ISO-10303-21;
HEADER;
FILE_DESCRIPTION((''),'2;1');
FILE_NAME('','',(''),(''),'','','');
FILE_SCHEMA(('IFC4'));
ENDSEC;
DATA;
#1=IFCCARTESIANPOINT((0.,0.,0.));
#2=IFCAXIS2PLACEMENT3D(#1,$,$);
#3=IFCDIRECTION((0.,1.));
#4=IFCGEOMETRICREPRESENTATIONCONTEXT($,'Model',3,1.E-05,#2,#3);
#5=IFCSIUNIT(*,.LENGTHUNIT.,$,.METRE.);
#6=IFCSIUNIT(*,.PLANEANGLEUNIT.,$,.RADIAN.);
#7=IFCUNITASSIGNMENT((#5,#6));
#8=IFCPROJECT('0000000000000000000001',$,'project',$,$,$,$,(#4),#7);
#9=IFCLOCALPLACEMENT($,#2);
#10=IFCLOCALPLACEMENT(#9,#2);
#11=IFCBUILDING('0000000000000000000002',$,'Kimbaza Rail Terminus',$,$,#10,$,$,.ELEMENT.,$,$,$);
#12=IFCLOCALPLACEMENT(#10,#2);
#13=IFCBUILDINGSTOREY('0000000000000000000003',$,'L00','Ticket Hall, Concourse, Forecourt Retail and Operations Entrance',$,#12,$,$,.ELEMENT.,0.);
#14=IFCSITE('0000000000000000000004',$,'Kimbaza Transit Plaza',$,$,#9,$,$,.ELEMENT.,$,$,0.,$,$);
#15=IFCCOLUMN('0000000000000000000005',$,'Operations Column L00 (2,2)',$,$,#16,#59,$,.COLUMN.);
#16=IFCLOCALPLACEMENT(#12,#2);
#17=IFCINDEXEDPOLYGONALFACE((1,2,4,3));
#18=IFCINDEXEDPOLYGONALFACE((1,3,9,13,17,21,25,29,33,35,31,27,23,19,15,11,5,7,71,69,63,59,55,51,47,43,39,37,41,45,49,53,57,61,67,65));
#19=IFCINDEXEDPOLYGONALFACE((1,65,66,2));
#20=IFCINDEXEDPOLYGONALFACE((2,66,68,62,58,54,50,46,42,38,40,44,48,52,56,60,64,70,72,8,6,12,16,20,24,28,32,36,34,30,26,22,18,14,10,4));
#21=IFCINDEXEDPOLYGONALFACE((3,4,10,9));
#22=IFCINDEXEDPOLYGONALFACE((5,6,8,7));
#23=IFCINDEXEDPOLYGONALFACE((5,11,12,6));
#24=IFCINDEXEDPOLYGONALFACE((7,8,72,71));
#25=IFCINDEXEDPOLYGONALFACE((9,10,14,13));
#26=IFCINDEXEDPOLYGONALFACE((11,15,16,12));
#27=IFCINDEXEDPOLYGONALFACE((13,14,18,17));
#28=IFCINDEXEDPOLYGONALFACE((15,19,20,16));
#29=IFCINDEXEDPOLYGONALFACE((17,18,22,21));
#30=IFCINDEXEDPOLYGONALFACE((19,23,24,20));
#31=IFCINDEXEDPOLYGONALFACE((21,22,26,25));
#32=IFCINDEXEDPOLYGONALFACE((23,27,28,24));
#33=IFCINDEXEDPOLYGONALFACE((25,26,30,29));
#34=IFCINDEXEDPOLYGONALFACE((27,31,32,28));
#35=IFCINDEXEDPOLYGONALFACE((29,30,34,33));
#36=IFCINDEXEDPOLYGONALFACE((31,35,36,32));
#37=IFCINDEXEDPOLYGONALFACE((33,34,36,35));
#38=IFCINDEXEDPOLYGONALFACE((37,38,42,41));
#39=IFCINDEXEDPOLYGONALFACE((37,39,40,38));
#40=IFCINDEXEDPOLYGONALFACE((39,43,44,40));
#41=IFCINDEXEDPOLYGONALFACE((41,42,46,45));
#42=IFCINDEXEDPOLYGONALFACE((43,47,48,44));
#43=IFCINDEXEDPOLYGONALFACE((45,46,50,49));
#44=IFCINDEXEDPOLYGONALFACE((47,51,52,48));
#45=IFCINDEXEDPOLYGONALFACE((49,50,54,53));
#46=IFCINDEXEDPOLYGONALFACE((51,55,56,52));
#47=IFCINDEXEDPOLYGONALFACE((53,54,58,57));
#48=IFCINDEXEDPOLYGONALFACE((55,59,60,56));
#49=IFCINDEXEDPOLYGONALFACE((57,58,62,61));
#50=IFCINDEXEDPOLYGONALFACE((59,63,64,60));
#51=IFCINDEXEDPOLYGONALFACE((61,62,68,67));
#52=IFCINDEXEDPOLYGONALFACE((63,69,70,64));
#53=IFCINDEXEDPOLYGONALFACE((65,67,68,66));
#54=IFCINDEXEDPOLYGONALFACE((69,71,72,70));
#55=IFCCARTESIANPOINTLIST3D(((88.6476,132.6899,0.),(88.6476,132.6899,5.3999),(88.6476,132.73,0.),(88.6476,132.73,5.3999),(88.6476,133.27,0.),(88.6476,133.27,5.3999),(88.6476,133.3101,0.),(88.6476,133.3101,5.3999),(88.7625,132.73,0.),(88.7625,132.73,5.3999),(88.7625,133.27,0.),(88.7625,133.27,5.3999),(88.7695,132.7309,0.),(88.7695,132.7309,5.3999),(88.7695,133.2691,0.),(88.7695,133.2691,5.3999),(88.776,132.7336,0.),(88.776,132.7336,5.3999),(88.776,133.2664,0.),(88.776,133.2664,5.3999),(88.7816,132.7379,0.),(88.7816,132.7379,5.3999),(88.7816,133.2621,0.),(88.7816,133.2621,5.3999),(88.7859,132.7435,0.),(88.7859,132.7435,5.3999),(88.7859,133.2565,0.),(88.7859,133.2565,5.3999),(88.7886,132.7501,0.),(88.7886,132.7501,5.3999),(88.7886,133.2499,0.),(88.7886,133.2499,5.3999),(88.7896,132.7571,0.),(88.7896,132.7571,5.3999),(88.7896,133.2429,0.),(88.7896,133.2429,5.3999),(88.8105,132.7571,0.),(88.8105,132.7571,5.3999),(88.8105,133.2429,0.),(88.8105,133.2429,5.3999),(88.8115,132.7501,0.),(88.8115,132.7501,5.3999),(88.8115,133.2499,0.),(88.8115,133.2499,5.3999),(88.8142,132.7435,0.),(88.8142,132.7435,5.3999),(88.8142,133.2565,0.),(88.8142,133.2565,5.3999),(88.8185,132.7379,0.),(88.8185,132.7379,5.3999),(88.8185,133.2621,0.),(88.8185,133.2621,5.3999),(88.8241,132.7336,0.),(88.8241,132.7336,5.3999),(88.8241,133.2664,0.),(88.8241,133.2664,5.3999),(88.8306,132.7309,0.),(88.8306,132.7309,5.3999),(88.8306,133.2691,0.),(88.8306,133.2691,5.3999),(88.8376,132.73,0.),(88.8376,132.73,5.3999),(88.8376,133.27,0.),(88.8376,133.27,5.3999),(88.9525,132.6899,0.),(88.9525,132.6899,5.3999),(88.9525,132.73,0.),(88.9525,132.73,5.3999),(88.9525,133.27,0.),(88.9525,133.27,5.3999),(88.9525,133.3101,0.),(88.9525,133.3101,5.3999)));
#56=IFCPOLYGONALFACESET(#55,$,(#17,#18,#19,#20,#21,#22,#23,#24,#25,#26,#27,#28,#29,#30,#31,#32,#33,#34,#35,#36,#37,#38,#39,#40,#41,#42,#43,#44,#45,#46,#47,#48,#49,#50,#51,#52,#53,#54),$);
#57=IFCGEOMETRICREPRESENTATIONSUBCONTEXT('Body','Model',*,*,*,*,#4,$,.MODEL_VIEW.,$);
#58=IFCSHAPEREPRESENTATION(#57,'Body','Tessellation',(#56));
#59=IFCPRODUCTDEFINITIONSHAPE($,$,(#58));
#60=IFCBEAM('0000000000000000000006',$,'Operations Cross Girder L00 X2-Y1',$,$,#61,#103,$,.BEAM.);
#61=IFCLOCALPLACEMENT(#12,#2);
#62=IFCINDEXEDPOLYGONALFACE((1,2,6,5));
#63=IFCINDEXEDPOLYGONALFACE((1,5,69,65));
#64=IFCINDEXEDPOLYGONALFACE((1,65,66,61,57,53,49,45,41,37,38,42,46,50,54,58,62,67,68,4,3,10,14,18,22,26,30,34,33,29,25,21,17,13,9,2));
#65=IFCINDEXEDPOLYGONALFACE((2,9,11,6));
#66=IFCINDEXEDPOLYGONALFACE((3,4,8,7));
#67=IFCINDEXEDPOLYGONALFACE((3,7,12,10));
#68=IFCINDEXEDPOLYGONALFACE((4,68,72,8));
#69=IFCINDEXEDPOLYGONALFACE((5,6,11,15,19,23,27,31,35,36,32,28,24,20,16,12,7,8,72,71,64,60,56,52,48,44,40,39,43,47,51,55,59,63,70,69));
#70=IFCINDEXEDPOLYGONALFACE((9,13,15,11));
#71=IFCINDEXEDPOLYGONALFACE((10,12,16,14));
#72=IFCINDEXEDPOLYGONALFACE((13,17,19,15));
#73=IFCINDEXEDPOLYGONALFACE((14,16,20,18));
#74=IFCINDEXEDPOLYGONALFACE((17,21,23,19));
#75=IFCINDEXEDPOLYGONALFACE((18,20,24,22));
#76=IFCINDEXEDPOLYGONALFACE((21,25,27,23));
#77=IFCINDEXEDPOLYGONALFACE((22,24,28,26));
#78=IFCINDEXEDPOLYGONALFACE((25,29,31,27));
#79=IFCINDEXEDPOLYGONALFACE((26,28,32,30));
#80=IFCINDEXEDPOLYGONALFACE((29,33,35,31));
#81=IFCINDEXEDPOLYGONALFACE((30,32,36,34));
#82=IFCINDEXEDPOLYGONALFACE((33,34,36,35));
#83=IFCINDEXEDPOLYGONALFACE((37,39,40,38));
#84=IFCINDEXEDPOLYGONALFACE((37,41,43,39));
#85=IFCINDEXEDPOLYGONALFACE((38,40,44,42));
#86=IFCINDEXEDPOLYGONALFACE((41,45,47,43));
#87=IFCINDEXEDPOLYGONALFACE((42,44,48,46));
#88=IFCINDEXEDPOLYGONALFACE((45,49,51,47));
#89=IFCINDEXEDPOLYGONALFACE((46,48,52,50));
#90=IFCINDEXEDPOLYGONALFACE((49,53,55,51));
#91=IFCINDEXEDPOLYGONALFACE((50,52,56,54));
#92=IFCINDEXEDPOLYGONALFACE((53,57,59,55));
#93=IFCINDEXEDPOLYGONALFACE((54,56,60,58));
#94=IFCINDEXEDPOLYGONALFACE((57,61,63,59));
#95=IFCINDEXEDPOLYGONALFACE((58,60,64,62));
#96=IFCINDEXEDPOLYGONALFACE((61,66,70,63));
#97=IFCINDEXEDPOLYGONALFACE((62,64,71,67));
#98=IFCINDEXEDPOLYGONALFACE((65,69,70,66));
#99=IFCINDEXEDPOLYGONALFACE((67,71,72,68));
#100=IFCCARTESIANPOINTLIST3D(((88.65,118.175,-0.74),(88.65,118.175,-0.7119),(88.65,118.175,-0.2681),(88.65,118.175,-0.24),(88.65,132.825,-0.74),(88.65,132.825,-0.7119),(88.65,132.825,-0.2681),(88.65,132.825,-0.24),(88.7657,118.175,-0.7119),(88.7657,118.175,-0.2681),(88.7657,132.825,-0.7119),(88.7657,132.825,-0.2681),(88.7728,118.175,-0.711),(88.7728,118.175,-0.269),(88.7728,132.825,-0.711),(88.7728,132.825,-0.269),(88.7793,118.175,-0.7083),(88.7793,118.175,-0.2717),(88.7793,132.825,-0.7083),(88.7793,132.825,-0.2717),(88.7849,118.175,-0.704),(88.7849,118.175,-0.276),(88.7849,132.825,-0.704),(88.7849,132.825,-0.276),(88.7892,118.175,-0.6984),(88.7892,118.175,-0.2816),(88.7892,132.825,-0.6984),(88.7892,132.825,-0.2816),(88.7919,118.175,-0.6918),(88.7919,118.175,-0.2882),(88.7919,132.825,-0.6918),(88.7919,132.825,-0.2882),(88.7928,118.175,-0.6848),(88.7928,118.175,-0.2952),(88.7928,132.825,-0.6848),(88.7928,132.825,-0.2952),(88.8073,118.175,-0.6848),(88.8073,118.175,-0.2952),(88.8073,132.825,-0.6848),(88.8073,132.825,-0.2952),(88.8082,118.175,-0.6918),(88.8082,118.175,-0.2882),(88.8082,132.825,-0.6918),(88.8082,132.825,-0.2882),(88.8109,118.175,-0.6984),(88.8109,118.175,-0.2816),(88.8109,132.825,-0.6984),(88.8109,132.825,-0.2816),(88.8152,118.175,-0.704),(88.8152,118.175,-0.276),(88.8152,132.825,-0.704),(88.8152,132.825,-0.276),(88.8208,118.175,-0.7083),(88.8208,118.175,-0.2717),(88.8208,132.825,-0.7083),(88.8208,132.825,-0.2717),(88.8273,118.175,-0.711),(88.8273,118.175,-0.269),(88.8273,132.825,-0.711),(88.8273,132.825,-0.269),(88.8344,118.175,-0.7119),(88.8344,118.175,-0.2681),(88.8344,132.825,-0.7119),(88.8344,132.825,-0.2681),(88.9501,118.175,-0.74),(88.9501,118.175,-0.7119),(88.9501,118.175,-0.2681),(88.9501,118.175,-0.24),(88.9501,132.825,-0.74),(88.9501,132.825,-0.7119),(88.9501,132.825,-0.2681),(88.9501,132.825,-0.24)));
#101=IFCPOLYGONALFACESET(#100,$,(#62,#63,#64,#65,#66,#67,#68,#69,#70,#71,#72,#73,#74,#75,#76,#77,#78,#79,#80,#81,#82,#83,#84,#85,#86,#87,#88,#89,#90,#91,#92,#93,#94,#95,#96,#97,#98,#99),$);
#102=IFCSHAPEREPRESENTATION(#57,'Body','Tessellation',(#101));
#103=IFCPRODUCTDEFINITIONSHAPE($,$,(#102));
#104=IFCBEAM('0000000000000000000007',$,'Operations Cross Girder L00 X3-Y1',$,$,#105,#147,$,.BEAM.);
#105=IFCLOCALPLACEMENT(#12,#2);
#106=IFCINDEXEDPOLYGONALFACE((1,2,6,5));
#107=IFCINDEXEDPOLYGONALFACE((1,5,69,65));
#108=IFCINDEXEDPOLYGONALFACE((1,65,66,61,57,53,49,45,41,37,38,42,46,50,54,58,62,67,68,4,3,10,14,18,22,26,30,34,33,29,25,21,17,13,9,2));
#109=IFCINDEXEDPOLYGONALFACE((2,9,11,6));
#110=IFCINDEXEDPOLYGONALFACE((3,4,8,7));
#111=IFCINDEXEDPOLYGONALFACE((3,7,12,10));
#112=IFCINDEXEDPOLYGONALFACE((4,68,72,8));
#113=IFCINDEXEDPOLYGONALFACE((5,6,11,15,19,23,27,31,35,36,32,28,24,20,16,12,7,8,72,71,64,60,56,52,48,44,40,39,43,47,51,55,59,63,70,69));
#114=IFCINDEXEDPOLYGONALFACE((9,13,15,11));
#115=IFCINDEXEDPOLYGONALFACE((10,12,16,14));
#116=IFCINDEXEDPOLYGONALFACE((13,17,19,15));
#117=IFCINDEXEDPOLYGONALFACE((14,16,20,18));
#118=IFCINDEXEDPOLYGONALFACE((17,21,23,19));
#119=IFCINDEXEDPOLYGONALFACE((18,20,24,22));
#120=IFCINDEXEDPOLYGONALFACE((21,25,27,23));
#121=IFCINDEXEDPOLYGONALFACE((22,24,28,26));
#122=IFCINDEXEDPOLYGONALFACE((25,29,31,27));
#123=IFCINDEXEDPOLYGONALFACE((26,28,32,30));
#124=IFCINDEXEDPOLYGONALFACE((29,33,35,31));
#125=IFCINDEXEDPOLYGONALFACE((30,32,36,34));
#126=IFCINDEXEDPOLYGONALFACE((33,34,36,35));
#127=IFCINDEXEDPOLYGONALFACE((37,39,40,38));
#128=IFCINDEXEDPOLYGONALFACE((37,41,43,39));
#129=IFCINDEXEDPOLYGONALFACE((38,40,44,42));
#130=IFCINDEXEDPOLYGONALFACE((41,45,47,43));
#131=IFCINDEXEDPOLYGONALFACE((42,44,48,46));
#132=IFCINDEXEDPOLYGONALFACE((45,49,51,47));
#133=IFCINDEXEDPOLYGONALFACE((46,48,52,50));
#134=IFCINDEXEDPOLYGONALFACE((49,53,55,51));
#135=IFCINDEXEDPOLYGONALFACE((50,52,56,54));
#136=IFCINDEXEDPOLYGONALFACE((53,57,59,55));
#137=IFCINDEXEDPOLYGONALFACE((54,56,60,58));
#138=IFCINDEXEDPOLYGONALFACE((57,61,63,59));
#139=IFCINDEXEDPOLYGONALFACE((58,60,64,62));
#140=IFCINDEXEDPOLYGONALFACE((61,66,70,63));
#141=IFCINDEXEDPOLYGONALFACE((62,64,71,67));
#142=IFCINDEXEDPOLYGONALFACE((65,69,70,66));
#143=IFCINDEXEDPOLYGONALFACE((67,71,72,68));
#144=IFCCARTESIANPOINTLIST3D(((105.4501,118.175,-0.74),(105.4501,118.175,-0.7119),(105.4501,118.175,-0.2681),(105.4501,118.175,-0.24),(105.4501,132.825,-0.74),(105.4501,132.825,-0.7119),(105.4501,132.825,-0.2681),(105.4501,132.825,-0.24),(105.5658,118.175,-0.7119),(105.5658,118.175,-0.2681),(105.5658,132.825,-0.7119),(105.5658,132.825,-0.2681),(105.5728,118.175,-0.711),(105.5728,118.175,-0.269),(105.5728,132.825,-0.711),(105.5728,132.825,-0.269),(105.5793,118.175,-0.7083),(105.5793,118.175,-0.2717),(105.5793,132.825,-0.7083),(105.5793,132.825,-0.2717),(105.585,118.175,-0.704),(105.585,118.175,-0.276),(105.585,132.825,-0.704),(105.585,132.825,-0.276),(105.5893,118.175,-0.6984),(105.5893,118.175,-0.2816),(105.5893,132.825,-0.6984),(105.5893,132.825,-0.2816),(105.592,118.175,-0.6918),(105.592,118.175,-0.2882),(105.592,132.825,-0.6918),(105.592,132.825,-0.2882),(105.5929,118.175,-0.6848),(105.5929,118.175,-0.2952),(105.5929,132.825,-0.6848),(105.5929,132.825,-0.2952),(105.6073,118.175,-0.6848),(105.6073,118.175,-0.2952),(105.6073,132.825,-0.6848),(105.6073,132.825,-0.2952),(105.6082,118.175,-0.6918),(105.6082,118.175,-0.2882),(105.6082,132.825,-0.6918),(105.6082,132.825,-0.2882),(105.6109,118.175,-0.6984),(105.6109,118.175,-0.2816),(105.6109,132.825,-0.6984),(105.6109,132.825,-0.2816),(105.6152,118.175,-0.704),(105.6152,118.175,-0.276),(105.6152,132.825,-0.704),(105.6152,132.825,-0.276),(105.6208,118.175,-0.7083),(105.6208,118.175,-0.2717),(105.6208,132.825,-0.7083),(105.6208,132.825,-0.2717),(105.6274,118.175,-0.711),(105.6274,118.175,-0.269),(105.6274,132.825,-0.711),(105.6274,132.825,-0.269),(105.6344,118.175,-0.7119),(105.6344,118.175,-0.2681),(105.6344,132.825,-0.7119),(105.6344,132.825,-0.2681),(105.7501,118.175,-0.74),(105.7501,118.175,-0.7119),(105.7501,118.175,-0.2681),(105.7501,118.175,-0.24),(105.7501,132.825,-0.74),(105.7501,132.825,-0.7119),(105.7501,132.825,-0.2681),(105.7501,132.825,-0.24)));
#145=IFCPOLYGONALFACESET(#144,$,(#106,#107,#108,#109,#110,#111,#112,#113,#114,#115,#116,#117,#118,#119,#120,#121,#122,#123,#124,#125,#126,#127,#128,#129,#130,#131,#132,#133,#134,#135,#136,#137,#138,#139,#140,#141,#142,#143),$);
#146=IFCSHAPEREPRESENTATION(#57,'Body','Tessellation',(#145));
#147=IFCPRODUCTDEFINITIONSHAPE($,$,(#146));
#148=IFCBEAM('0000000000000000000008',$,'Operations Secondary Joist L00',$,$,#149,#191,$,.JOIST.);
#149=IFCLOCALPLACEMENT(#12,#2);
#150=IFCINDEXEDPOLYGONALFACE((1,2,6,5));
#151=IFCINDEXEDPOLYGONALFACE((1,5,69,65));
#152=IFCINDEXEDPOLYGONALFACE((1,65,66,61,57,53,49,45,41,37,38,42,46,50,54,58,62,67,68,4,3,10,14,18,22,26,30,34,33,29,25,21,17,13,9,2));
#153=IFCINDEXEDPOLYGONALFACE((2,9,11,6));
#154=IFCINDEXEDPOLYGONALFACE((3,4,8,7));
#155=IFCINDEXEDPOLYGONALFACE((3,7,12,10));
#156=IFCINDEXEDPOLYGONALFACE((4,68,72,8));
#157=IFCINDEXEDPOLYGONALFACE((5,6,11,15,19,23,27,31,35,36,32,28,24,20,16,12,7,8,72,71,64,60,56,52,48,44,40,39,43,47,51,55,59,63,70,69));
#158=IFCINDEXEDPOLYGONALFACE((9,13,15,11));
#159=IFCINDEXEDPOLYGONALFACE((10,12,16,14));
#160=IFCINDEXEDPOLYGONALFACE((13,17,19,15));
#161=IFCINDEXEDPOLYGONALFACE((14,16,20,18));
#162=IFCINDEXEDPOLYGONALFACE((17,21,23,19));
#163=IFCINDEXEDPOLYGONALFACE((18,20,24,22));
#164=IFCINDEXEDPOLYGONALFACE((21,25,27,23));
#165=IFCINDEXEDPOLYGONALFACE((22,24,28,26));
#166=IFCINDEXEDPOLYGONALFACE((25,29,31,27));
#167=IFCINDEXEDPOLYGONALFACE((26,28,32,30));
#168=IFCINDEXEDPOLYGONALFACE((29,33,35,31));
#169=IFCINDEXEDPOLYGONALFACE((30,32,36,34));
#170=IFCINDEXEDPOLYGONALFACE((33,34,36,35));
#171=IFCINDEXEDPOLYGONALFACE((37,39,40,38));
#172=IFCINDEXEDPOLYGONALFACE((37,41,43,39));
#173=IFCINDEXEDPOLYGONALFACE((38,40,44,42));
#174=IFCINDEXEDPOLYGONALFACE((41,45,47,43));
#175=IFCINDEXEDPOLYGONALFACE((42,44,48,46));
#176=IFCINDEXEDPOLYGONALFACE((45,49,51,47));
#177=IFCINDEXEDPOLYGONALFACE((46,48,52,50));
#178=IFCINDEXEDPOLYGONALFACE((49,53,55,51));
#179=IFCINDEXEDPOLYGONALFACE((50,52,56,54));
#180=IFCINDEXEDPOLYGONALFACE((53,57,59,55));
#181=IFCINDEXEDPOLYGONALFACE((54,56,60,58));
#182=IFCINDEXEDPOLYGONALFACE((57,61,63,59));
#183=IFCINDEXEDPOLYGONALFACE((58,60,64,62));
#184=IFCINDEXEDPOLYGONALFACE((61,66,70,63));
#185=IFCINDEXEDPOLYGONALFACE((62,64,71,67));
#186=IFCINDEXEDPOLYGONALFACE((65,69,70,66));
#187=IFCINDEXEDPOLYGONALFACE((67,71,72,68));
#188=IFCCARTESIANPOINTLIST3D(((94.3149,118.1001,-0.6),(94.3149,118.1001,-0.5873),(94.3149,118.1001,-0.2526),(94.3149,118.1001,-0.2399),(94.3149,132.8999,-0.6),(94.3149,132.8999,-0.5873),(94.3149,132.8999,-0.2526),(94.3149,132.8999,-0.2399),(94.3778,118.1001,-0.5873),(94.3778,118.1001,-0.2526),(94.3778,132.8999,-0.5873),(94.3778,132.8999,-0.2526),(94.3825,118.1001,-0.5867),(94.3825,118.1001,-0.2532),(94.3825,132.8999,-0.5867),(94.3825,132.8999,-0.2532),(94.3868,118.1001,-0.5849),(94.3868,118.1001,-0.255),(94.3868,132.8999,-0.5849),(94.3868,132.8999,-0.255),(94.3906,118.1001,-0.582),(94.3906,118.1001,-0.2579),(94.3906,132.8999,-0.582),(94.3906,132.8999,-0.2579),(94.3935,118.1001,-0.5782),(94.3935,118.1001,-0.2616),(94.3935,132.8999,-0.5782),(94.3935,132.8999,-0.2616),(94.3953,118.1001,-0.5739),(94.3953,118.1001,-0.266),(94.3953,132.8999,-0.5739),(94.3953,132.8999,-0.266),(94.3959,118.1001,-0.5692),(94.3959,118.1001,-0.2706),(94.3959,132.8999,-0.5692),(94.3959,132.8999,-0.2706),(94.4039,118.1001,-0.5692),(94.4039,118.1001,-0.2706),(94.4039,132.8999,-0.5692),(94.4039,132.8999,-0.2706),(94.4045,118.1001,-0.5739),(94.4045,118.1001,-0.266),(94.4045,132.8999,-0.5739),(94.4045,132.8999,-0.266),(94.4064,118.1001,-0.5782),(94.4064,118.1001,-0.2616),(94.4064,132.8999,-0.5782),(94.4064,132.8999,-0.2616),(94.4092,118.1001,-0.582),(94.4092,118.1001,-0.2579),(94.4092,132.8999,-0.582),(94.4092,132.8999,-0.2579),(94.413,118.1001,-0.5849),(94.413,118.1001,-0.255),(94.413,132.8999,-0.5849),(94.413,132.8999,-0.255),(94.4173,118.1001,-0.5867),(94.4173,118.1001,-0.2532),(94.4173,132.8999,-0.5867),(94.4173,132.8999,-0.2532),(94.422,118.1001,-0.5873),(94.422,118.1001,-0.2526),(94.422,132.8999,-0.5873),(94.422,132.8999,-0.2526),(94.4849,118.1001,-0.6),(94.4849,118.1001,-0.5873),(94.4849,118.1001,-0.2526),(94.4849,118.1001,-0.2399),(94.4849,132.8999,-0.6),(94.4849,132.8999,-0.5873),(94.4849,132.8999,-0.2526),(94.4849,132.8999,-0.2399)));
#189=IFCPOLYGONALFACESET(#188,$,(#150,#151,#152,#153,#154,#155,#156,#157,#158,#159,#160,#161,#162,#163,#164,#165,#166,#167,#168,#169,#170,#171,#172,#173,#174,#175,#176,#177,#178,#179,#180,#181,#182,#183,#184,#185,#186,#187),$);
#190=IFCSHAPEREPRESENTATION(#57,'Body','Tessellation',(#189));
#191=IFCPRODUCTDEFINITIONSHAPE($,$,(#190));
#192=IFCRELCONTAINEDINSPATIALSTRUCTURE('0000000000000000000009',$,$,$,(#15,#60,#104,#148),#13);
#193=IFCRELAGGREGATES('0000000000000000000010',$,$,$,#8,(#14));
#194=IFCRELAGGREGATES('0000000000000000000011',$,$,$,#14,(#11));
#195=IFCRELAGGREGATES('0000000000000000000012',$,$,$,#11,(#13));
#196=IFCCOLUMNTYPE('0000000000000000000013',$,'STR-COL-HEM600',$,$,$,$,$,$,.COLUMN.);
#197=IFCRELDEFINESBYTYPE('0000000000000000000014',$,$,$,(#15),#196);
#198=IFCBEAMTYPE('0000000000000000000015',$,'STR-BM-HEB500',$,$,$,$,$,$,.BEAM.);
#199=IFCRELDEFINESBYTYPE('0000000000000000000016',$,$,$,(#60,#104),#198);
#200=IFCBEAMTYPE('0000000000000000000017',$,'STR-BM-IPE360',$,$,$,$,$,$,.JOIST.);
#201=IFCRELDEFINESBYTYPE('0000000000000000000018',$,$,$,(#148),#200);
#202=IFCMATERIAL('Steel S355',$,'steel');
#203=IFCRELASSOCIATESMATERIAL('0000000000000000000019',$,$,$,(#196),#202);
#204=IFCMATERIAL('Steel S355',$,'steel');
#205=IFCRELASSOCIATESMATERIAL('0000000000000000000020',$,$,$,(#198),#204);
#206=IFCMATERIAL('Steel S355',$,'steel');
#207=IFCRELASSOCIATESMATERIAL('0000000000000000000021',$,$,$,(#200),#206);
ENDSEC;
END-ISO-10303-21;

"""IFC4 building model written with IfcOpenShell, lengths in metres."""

from ifc_helpers import new_model, si_unit, direction, frame, origin, origin_2d, place, context, subcontext, project, spatial, i_section, extrude, material, material_profile, profile_set, type_object, element, save


model = new_model("IFC4")

# Units and contexts
model_context = context("Model", 3, precision=1e-05, world=origin(), true_north=direction((0.0, 1.0)))
body_context = subcontext(model_context, "Body", "Model", "MODEL_VIEW")
ifc_project = project(units=[si_unit("LENGTHUNIT", "METRE"), si_unit("PLANEANGLEUNIT", "RADIAN")], contexts=[model_context])

# Site, building, storey
site_placement = place(None, origin())
site = spatial("IfcSite", under=ifc_project, at=site_placement, Name="Kimbaza Transit Plaza", CompositionType="ELEMENT", RefElevation=0.0)
building_placement = place(site_placement, origin())
building = spatial("IfcBuilding", under=site, at=building_placement, Name="Kimbaza Rail Terminus", CompositionType="ELEMENT")
storey_placement = place(building_placement, origin())
storey = spatial("IfcBuildingStorey", under=building, at=storey_placement, Name="L00", Description="Ticket Hall, Concourse, Forecourt Retail and Operations Entrance", CompositionType="ELEMENT", Elevation=0.0)

# Column
ifc_material_1 = material(Name="Steel S355", Category="steel")
ifc_material_profile_1 = material_profile(ifc_material_1, i_section(OverallWidth=0.3049, OverallDepth=0.6201, WebThickness=0.021, FlangeThickness=0.04, FilletRadius=0.0271, at=origin_2d()), Name="HEM 600")
ifc_profile_set_1 = profile_set([ifc_material_profile_1], Name="Steel S355")
column_type = type_object("IfcColumnType", Name="STR-COL-HEM600", PredefinedType="COLUMN", material=ifc_profile_set_1)
column_placement = place(storey_placement, frame((88.8, 133.0, 0.0), z_axis=(0.0, 0.0, 1.0), x_axis=(1.0, 0.0, 0.0)))
element("IfcColumn", 1, at=column_placement, inside=storey, type_object=column_type, Name="Operations Column L00 (2,2)", PredefinedType="COLUMN", context=body_context, shape_type="SweptSolid", body=[
    extrude(i_section(OverallWidth=0.3049, OverallDepth=0.6201, WebThickness=0.021, FlangeThickness=0.04, FilletRadius=0.0271, at=origin_2d()), origin(), (0.0, 0.0, 1.0), 5.3999),
])

# Beams
ifc_material_2 = material(Name="Steel S355", Category="steel")
ifc_material_profile_2 = material_profile(ifc_material_2, i_section(OverallWidth=0.3, OverallDepth=0.5, WebThickness=0.0144, FlangeThickness=0.0281, FilletRadius=0.0271, at=origin_2d()), Name="HEB 500")
ifc_profile_set_2 = profile_set([ifc_material_profile_2], Name="Steel S355")
beam_type_1 = type_object("IfcBeamType", Name="STR-BM-HEB500", PredefinedType="BEAM", material=ifc_profile_set_2)
for number, where, z_axis, x_axis, name in (
    (2, (88.8, 118.175, -0.49), (0.0, 1.0, 0.0), (-1.0, 0.0, 0.0), "Operations Cross Girder L00 X2-Y1"),
    (3, (105.6001, 118.175, -0.49), (0.0, 1.0, 0.0), (-1.0, 0.0, 0.0), "Operations Cross Girder L00 X3-Y1"),
):
    element("IfcBeam", number, at=place(storey_placement, frame(where, z_axis=z_axis, x_axis=x_axis)), inside=storey, type_object=beam_type_1, Name=name, PredefinedType="BEAM", context=body_context, shape_type="SweptSolid", body=[
        extrude(i_section(OverallWidth=0.3, OverallDepth=0.5, WebThickness=0.0144, FlangeThickness=0.0281, FilletRadius=0.0271, at=origin_2d()), origin(), (0.0, 0.0, 1.0), 14.6499),
    ])
ifc_material_3 = material(Name="Steel S355", Category="steel")
ifc_material_profile_3 = material_profile(ifc_material_3, i_section(OverallWidth=0.1699, OverallDepth=0.3601, WebThickness=0.0081, FlangeThickness=0.0127, FilletRadius=0.0181, at=origin_2d()), Name="IPE 360")
ifc_profile_set_3 = profile_set([ifc_material_profile_3], Name="Steel S355")
beam_type_2 = type_object("IfcBeamType", Name="STR-BM-IPE360", PredefinedType="JOIST", material=ifc_profile_set_3)
for number, where, z_axis, x_axis, name in (
    (4, (94.3999, 118.1001, -0.4199), (0.0, 1.0, 0.0), (-1.0, 0.0, 0.0), "Operations Secondary Joist L00"),
):
    element("IfcBeam", number, at=place(storey_placement, frame(where, z_axis=z_axis, x_axis=x_axis)), inside=storey, type_object=beam_type_2, Name=name, PredefinedType="JOIST", context=body_context, shape_type="SweptSolid", body=[
        extrude(i_section(OverallWidth=0.1699, OverallDepth=0.3601, WebThickness=0.0081, FlangeThickness=0.0127, FilletRadius=0.0181, at=origin_2d()), origin(), (0.0, 0.0, 1.0), 14.7998),
    ])

save(model, "model.ifc")
